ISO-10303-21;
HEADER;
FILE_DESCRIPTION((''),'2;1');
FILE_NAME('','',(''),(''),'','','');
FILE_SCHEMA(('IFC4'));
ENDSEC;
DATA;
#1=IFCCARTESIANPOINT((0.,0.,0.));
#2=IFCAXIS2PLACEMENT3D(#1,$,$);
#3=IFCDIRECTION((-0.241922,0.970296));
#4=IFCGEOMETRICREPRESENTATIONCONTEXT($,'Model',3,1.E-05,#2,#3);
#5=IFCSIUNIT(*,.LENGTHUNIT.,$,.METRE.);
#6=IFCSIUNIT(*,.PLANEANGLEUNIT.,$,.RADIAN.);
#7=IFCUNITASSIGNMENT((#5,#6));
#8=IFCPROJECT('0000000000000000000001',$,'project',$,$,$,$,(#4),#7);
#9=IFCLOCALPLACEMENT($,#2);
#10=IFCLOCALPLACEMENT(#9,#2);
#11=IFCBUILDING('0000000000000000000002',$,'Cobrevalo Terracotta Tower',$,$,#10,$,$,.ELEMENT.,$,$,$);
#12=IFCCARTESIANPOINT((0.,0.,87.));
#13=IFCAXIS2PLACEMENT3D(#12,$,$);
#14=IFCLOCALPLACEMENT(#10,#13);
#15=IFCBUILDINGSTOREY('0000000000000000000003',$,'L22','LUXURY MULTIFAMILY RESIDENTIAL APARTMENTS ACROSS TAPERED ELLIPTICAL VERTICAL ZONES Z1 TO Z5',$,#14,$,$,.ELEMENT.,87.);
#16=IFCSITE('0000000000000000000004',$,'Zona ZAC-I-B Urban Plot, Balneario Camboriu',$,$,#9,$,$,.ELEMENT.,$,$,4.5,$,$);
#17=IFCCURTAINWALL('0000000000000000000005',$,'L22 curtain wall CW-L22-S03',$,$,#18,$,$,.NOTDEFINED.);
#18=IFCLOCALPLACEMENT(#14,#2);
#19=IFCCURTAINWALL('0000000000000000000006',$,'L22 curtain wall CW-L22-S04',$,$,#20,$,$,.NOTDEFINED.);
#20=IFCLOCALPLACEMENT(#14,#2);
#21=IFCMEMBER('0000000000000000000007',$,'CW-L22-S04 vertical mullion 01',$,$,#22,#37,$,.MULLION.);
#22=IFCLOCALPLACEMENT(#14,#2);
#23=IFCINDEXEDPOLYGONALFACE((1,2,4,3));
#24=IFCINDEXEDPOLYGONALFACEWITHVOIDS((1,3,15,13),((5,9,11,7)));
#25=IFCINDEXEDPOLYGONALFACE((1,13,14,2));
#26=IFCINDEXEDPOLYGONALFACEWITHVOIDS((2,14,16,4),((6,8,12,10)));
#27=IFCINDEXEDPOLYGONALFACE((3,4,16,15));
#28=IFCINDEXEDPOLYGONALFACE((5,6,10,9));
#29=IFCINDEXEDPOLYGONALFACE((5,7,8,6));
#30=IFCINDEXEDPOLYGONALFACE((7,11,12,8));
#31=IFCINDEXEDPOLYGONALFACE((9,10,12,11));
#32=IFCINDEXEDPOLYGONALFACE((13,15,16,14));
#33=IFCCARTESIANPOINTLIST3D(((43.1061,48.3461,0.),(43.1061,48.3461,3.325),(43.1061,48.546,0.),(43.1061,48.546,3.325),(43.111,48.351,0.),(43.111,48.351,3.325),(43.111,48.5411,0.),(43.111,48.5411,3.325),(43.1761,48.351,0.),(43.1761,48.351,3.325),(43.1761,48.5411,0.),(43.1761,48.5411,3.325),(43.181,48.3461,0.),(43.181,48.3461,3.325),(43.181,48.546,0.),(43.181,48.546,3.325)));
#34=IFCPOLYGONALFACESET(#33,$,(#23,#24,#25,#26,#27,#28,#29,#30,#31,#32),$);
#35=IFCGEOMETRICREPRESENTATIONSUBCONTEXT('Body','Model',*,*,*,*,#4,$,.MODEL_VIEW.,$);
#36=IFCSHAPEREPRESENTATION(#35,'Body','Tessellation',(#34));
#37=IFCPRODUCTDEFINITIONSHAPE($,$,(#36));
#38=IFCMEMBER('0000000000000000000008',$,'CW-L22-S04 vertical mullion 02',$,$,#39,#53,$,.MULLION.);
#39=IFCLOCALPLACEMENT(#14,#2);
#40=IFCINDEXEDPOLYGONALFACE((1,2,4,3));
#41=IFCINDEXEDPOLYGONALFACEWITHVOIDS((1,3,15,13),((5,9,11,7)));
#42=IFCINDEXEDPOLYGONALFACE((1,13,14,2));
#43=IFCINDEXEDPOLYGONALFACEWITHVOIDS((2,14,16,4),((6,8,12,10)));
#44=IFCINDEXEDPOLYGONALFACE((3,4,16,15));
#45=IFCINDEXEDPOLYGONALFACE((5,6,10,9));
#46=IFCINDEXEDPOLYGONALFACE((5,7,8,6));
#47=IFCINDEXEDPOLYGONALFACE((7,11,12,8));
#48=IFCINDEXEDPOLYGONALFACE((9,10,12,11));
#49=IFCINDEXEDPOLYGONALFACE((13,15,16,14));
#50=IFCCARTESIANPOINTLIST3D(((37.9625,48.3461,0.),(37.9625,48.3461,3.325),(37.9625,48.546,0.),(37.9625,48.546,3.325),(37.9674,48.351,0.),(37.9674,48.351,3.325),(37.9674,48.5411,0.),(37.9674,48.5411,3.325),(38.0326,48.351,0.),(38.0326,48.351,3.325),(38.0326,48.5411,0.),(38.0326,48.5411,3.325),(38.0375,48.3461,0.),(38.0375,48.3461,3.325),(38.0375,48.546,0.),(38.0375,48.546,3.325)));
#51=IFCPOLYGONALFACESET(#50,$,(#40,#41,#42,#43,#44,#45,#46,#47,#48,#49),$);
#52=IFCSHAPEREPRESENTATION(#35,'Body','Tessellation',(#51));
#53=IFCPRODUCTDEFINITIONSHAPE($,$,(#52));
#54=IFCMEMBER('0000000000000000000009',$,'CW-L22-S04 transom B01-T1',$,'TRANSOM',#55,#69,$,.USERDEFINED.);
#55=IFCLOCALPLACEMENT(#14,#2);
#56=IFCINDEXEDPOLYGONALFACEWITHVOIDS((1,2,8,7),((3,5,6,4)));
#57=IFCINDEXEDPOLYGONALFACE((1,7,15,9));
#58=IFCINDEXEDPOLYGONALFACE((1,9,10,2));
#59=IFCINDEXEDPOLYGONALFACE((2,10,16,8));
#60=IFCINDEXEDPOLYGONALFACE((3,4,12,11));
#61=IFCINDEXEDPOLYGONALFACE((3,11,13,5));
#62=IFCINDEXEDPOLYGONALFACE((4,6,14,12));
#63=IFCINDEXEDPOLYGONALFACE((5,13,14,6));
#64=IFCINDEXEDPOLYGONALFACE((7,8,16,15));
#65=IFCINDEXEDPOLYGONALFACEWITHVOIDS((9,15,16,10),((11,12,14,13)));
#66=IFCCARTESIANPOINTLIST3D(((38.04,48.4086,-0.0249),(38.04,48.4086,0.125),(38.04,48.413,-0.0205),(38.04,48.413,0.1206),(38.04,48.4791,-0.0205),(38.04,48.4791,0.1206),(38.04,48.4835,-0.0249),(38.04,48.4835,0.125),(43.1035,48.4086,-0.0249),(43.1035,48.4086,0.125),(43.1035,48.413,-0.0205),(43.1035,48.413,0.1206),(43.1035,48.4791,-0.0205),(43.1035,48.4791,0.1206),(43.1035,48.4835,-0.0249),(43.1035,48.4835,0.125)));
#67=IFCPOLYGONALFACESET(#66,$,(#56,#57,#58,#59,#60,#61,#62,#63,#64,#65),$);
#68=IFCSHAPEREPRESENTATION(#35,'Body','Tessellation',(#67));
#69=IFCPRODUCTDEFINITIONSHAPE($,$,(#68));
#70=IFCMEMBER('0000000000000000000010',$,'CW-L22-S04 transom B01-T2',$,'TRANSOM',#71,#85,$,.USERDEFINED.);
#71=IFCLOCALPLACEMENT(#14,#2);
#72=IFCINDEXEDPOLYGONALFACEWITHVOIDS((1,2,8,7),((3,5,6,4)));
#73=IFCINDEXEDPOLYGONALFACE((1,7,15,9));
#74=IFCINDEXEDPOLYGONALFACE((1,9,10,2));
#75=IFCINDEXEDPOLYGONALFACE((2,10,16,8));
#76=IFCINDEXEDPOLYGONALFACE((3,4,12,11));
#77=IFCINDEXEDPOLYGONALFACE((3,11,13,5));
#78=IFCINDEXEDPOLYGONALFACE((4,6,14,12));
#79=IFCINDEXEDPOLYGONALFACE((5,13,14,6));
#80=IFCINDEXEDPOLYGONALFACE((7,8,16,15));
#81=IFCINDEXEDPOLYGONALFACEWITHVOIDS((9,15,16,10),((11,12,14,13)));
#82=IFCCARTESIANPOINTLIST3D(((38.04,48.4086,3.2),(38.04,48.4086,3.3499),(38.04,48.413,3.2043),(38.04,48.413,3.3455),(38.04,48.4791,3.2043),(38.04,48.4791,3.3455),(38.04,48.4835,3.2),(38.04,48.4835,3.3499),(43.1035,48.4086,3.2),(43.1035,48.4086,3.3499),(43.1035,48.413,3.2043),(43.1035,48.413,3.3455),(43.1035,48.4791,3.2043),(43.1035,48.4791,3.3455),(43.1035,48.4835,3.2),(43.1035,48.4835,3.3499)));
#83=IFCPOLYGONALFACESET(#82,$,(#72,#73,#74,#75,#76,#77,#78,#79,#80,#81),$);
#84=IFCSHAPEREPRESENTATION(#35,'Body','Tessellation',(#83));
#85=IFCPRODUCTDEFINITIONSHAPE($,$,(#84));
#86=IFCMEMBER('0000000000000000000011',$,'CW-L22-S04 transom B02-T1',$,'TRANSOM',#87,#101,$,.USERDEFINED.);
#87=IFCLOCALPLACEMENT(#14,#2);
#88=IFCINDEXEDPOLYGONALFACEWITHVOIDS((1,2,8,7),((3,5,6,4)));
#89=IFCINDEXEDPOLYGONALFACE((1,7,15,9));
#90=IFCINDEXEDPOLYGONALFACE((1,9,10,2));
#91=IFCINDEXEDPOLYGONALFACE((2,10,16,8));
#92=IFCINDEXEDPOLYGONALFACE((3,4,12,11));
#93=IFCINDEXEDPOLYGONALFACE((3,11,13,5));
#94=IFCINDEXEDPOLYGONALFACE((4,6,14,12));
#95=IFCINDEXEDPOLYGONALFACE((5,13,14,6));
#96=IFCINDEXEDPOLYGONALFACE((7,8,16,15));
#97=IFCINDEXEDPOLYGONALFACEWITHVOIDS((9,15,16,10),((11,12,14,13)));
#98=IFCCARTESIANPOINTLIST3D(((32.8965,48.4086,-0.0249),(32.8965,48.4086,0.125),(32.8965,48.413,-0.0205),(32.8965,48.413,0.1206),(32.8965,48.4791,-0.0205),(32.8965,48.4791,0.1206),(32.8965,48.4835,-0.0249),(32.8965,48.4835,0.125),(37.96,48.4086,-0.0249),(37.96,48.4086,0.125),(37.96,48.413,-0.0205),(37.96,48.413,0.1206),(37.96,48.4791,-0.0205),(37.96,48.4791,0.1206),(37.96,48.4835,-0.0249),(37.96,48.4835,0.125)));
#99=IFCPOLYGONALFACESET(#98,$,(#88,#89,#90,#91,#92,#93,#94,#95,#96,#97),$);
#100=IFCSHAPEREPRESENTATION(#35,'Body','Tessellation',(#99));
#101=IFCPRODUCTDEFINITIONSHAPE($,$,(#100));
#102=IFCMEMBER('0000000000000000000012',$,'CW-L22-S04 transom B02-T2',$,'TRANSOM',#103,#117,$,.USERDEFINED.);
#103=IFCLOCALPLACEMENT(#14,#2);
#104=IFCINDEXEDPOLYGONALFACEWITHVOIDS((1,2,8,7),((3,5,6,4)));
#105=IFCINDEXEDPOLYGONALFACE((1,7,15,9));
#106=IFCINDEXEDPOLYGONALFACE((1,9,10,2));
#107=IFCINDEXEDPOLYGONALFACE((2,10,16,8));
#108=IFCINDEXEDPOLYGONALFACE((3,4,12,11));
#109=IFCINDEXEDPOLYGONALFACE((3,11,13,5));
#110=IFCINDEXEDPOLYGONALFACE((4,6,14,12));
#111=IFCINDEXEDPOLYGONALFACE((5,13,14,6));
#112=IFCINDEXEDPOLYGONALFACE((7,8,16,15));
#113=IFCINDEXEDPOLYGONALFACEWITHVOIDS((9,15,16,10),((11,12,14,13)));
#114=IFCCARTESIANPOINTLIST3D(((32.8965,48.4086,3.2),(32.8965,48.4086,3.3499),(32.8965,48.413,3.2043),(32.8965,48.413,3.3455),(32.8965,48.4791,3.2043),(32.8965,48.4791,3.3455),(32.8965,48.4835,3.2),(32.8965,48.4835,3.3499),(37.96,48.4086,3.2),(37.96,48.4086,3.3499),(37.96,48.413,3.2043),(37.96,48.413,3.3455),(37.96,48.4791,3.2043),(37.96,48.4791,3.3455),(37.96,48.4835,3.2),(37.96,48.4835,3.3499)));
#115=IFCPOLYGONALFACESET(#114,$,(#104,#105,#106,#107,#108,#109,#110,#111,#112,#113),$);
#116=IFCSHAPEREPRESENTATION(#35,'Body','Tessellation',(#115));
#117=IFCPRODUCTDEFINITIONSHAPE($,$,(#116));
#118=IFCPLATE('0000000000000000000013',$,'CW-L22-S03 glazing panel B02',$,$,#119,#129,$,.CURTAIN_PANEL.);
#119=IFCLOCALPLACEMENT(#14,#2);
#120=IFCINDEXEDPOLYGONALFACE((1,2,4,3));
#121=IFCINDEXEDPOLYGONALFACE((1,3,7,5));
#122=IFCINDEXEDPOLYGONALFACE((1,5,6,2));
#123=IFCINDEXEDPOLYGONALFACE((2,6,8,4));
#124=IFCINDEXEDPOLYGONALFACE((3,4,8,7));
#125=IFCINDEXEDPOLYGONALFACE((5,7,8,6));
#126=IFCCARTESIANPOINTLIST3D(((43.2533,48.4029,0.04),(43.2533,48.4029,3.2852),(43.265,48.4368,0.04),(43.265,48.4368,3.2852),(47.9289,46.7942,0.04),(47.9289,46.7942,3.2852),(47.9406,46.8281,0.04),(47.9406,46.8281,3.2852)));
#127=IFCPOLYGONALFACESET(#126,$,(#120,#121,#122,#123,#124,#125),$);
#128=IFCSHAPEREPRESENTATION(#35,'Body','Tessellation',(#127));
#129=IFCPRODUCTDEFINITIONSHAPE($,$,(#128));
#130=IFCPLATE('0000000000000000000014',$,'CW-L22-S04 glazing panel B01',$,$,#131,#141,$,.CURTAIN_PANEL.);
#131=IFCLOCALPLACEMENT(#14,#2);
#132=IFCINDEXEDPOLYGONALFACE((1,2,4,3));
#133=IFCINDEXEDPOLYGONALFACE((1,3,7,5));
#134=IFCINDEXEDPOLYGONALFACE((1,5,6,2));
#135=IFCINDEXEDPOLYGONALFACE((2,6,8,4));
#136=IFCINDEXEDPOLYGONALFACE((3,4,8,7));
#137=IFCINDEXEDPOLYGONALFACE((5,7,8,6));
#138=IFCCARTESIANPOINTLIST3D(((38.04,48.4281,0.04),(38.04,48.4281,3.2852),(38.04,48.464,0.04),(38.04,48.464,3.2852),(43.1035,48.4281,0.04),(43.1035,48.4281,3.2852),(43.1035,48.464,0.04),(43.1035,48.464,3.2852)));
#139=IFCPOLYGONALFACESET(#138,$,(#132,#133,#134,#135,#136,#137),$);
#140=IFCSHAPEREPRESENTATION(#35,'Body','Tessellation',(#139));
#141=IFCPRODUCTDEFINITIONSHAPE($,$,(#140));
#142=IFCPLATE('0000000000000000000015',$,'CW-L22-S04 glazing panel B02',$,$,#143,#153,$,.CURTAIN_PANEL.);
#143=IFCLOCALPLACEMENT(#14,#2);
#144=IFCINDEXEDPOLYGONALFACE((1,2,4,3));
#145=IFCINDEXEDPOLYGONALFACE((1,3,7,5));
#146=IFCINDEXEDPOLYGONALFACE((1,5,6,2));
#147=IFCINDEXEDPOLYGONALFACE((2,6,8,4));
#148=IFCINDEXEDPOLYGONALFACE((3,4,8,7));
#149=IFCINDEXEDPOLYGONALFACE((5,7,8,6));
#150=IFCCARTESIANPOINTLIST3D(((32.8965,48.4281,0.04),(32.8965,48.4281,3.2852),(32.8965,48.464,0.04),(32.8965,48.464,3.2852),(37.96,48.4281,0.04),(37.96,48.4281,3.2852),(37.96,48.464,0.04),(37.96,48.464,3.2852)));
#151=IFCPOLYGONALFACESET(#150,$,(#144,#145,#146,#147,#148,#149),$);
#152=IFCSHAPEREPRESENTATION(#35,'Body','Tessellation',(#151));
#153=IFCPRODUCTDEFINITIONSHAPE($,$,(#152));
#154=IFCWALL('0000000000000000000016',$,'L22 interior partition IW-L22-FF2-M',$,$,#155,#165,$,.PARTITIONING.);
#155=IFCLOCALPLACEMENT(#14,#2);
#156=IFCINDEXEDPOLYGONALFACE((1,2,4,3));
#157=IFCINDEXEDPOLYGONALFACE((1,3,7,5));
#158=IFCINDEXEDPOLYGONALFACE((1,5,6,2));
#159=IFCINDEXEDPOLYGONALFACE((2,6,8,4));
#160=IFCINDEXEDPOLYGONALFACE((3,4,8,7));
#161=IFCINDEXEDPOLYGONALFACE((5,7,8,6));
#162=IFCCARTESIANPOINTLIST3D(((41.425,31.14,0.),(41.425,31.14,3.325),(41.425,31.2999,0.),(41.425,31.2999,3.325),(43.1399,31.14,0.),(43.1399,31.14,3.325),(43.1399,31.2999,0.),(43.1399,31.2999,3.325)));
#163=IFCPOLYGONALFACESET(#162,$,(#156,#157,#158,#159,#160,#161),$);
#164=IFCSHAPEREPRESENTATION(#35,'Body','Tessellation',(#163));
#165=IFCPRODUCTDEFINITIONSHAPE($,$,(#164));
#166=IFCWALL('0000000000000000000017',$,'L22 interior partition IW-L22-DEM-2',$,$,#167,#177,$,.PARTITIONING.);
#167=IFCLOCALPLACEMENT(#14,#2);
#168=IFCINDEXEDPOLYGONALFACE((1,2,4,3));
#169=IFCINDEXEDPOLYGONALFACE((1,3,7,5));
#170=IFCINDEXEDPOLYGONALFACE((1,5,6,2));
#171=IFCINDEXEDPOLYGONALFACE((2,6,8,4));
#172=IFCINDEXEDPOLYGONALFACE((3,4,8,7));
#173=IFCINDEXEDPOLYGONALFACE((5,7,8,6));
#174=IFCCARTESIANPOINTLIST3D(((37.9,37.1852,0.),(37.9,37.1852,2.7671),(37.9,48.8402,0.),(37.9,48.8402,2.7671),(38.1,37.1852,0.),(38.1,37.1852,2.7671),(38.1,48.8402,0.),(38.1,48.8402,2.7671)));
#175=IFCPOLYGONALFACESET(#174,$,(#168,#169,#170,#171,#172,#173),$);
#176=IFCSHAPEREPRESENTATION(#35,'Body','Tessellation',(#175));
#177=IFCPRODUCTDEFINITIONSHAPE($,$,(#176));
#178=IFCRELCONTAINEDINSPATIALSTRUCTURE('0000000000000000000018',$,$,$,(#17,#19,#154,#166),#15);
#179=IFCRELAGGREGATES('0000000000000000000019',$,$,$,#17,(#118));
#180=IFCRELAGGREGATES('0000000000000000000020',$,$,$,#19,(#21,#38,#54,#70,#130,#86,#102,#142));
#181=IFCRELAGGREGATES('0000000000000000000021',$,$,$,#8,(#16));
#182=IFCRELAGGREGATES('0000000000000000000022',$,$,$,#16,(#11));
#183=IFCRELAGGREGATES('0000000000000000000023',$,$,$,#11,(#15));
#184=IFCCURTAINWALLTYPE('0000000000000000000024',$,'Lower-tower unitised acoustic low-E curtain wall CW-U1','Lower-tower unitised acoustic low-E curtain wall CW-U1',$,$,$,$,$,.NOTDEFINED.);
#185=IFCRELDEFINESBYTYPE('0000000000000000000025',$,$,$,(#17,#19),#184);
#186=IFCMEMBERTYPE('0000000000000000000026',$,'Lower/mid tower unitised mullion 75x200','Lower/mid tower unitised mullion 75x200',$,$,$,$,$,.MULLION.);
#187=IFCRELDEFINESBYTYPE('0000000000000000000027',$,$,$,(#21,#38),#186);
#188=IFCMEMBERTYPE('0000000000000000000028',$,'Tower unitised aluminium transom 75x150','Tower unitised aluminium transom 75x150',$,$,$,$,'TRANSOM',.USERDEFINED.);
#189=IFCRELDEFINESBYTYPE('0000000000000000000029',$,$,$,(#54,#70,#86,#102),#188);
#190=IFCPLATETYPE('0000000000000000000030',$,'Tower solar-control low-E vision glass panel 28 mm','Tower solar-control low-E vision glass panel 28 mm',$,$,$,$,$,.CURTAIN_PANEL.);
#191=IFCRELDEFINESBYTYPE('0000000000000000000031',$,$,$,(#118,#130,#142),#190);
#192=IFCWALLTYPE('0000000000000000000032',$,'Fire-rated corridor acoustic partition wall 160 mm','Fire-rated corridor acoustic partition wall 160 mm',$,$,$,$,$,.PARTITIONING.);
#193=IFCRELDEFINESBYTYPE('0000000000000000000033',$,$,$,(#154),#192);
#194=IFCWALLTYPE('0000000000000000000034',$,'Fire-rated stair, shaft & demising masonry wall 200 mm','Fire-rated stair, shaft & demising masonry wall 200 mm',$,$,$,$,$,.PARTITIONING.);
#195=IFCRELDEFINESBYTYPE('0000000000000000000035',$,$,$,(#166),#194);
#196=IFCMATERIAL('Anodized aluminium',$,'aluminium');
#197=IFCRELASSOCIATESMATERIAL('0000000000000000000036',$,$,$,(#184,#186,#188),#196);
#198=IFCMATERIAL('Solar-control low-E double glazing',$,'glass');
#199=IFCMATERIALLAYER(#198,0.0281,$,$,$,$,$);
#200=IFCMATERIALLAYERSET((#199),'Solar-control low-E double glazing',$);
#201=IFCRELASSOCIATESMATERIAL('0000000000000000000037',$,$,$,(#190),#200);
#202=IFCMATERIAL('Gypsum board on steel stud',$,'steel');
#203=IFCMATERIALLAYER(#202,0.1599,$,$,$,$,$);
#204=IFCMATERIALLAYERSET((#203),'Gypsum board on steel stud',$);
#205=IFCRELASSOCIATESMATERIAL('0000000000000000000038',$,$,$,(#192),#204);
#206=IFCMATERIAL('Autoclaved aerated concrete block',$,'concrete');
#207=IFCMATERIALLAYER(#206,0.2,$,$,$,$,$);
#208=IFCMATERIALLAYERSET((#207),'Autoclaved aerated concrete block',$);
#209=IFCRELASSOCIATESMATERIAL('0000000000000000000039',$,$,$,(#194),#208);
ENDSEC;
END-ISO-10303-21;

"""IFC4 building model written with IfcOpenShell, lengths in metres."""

from ifc_helpers import new_model, si_unit, direction, frame, frame_2d, origin, origin_2d, place, context, subcontext, project, spatial, rectangle, hollow_rectangle, extrude, source, transform, mapped, material, layer, layer_set, material_profile, profile_set, type_object, element, aggregate, save


model = new_model("IFC4")

# Units and contexts
model_context = context("Model", 3, precision=1e-05, world=origin(), true_north=direction((-0.241922, 0.970296)))
body_context = subcontext(model_context, "Body", "Model", "MODEL_VIEW")
ifc_project = project(units=[si_unit("LENGTHUNIT", "METRE"), si_unit("PLANEANGLEUNIT", "RADIAN")], contexts=[model_context])

# Site, building, storey
site_placement = place(None, origin())
site = spatial("IfcSite", under=ifc_project, at=site_placement, Name="Zona ZAC-I-B Urban Plot, Balneario Camboriu", CompositionType="ELEMENT", RefElevation=4.5)
building_placement = place(site_placement, origin())
building = spatial("IfcBuilding", under=site, at=building_placement, Name="Cobrevalo Terracotta Tower", CompositionType="ELEMENT")
storey_placement = place(building_placement, frame((0.0, 0.0, 87.0)))
storey = spatial("IfcBuildingStorey", under=building, at=storey_placement, Name="L22", Description="LUXURY MULTIFAMILY RESIDENTIAL APARTMENTS ACROSS TAPERED ELLIPTICAL VERTICAL ZONES Z1 TO Z5", CompositionType="ELEMENT", Elevation=87.0)

# Curtain wall
ifc_material_1 = material(Name="Anodized aluminium", Category="aluminium")
curtain_wall_type = type_object("IfcCurtainWallType", Name="Lower-tower unitised acoustic low-E curtain wall CW-U1", Description="Lower-tower unitised acoustic low-E curtain wall CW-U1", PredefinedType="NOTDEFINED", material=ifc_material_1)
curtain_wall_1_placement = place(storey_placement, origin())
curtain_wall_1 = element("IfcCurtainWall", 1, at=curtain_wall_1_placement, inside=storey, type_object=curtain_wall_type, Name="L22 curtain wall CW-L22-S03", PredefinedType="NOTDEFINED")
ifc_material_profile_1 = material_profile(ifc_material_1, hollow_rectangle(XDim=0.075, YDim=0.2, WallThickness=0.0049, at=origin_2d()), Name="CWM 75x200")
ifc_profile_set_1 = profile_set([ifc_material_profile_1], Name="Anodized aluminium")
member_type_1 = type_object("IfcMemberType", Name="Lower/mid tower unitised mullion 75x200", Description="Lower/mid tower unitised mullion 75x200", PredefinedType="MULLION", material=ifc_profile_set_1)
shared_shape_1 = source(origin(), body_context, "Body", "SweptSolid", [
    extrude(hollow_rectangle(XDim=0.075, YDim=0.2, WallThickness=0.0049, at=origin_2d()), origin(), (0.0, 0.0, 1.0), 3.325),
])

# Curtain wall, members
curtain_wall_2_placement = place(storey_placement, origin())
curtain_wall_2 = element("IfcCurtainWall", 2, at=curtain_wall_2_placement, inside=storey, type_object=curtain_wall_type, Name="L22 curtain wall CW-L22-S04", PredefinedType="NOTDEFINED")
member_1_placement = place(storey_placement, frame((43.1436, 48.446, 0.0), z_axis=(0.0, 0.0, 1.0), x_axis=(-1.0, 0.0, 0.0)))
member_1 = element("IfcMember", 3, at=member_1_placement, type_object=member_type_1, Name="CW-L22-S04 vertical mullion 01", PredefinedType="MULLION", context=body_context, shape_type="MappedRepresentation", body=[
    mapped(shared_shape_1, transform((0.0, 0.0, 0.0), scale=1.0)),
])
member_2_placement = place(storey_placement, frame((38.0, 48.446, 0.0), z_axis=(0.0, 0.0, 1.0), x_axis=(-1.0, 0.0, 0.0)))
member_2 = element("IfcMember", 4, at=member_2_placement, type_object=member_type_1, Name="CW-L22-S04 vertical mullion 02", PredefinedType="MULLION", context=body_context, shape_type="MappedRepresentation", body=[
    mapped(shared_shape_1, transform((0.0, 0.0, 0.0), scale=1.0)),
])
ifc_material_profile_2 = material_profile(ifc_material_1, hollow_rectangle(XDim=0.075, YDim=0.1499, WallThickness=0.0044, at=origin_2d()), Name="CWT 75x150")
ifc_profile_set_2 = profile_set([ifc_material_profile_2], Name="Anodized aluminium")
member_type_2 = type_object("IfcMemberType", Name="Tower unitised aluminium transom 75x150", Description="Tower unitised aluminium transom 75x150", ElementType="TRANSOM", PredefinedType="USERDEFINED", material=ifc_profile_set_2)
shared_shape_2 = source(origin(), body_context, "Body", "SweptSolid", [
    extrude(hollow_rectangle(XDim=0.075, YDim=0.1499, WallThickness=0.0044, at=origin_2d()), origin(), (0.0, 0.0, 1.0), 5.0635),
])
member_3_placement = place(storey_placement, frame((43.1035, 48.446, 0.05), z_axis=(-1.0, 0.0, 0.0), x_axis=(0.0, -1.0, 0.0)))
member_3 = element("IfcMember", 5, at=member_3_placement, type_object=member_type_2, Name="CW-L22-S04 transom B01-T1", ObjectType="TRANSOM", PredefinedType="USERDEFINED", context=body_context, shape_type="MappedRepresentation", body=[
    mapped(shared_shape_2, transform((0.0, 0.0, 0.0), scale=1.0)),
])
member_4_placement = place(storey_placement, frame((43.1035, 48.446, 3.2749), z_axis=(-1.0, 0.0, 0.0), x_axis=(0.0, -1.0, 0.0)))
member_4 = element("IfcMember", 6, at=member_4_placement, type_object=member_type_2, Name="CW-L22-S04 transom B01-T2", ObjectType="TRANSOM", PredefinedType="USERDEFINED", context=body_context, shape_type="MappedRepresentation", body=[
    mapped(shared_shape_2, transform((0.0, 0.0, 0.0), scale=1.0)),
])
member_5_placement = place(storey_placement, frame((37.96, 48.446, 0.05), z_axis=(-1.0, 0.0, 0.0), x_axis=(0.0, -1.0, 0.0)))
member_5 = element("IfcMember", 7, at=member_5_placement, type_object=member_type_2, Name="CW-L22-S04 transom B02-T1", ObjectType="TRANSOM", PredefinedType="USERDEFINED", context=body_context, shape_type="MappedRepresentation", body=[
    mapped(shared_shape_2, transform((0.0, 0.0, 0.0), scale=1.0)),
])
member_6_placement = place(storey_placement, frame((37.96, 48.446, 3.2749), z_axis=(-1.0, 0.0, 0.0), x_axis=(0.0, -1.0, 0.0)))
member_6 = element("IfcMember", 8, at=member_6_placement, type_object=member_type_2, Name="CW-L22-S04 transom B02-T2", ObjectType="TRANSOM", PredefinedType="USERDEFINED", context=body_context, shape_type="MappedRepresentation", body=[
    mapped(shared_shape_2, transform((0.0, 0.0, 0.0), scale=1.0)),
])

# Plates
ifc_material_2 = material(Name="Solar-control low-E double glazing", Category="glass")
ifc_layer_1 = layer(ifc_material_2, 0.0281)
ifc_layer_set_1 = layer_set([ifc_layer_1], Name="Solar-control low-E double glazing")
plate_type = type_object("IfcPlateType", Name="Tower solar-control low-E vision glass panel 28 mm", Description="Tower solar-control low-E vision glass panel 28 mm", PredefinedType="CURTAIN_PANEL", material=ifc_layer_set_1)
shared_shape_3 = source(origin(), body_context, "Body", "SweptSolid", [
    extrude(rectangle(XDim=4.9446, YDim=0.0359, at=origin_2d()), origin(), (0.0, 0.0, 1.0), 3.2451),
])
plate_1_placement = place(storey_placement, frame((45.5969, 47.6155, 0.04), z_axis=(0.0, 0.0, 1.0), x_axis=(-0.945596, 0.325342, 0.0)))
plate_1 = element("IfcPlate", 9, at=plate_1_placement, type_object=plate_type, Name="CW-L22-S03 glazing panel B02", PredefinedType="CURTAIN_PANEL", context=body_context, shape_type="MappedRepresentation", body=[
    mapped(shared_shape_3, transform((0.0, 0.0, 0.0), scale=1.0)),
])
aggregate(curtain_wall_1, [plate_1])
shared_shape_4 = source(origin(), body_context, "Body", "SweptSolid", [
    extrude(rectangle(XDim=5.0635, YDim=0.0359, at=origin_2d()), origin(), (0.0, 0.0, 1.0), 3.2451),
])
plate_2_placement = place(storey_placement, frame((40.5718, 48.446, 0.04), z_axis=(0.0, 0.0, 1.0), x_axis=(-1.0, 0.0, 0.0)))
plate_2 = element("IfcPlate", 10, at=plate_2_placement, type_object=plate_type, Name="CW-L22-S04 glazing panel B01", PredefinedType="CURTAIN_PANEL", context=body_context, shape_type="MappedRepresentation", body=[
    mapped(shared_shape_4, transform((0.0, 0.0, 0.0), scale=1.0)),
])
plate_3_placement = place(storey_placement, frame((35.4282, 48.446, 0.04), z_axis=(0.0, 0.0, 1.0), x_axis=(-1.0, 0.0, 0.0)))
plate_3 = element("IfcPlate", 11, at=plate_3_placement, type_object=plate_type, Name="CW-L22-S04 glazing panel B02", PredefinedType="CURTAIN_PANEL", context=body_context, shape_type="MappedRepresentation", body=[
    mapped(shared_shape_4, transform((0.0, 0.0, 0.0), scale=1.0)),
])
aggregate(curtain_wall_2, [member_1, member_2, member_3, member_4, plate_2, member_5, member_6, plate_3])

# Walls
ifc_material_3 = material(Name="Gypsum board on steel stud", Category="steel")
ifc_layer_2 = layer(ifc_material_3, 0.1599)
ifc_layer_set_2 = layer_set([ifc_layer_2], Name="Gypsum board on steel stud")
wall_type_1 = type_object("IfcWallType", Name="Fire-rated corridor acoustic partition wall 160 mm", Description="Fire-rated corridor acoustic partition wall 160 mm", PredefinedType="PARTITIONING", material=ifc_layer_set_2)
wall_1_placement = place(storey_placement, frame((41.425, 31.22, 0.0), z_axis=(0.0, 0.0, 1.0), x_axis=(1.0, 0.0, 0.0)))
element("IfcWall", 12, at=wall_1_placement, inside=storey, type_object=wall_type_1, Name="L22 interior partition IW-L22-FF2-M", PredefinedType="PARTITIONING", context=body_context, shape_type="SweptSolid", body=[
    extrude(rectangle(XDim=1.7148, YDim=0.1599, at=frame_2d((0.8574, 0.0))), origin(), (0.0, 0.0, 1.0), 3.325),
])
ifc_material_4 = material(Name="Autoclaved aerated concrete block", Category="concrete")
ifc_layer_3 = layer(ifc_material_4, 0.2)
ifc_layer_set_3 = layer_set([ifc_layer_3], Name="Autoclaved aerated concrete block")
wall_type_2 = type_object("IfcWallType", Name="Fire-rated stair, shaft & demising masonry wall 200 mm", Description="Fire-rated stair, shaft & demising masonry wall 200 mm", PredefinedType="PARTITIONING", material=ifc_layer_set_3)
wall_2_placement = place(storey_placement, frame((38.0, 37.1851, 0.0), z_axis=(0.0, 0.0, 1.0), x_axis=(0.0, 1.0, 0.0)))
element("IfcWall", 13, at=wall_2_placement, inside=storey, type_object=wall_type_2, Name="L22 interior partition IW-L22-DEM-2", PredefinedType="PARTITIONING", context=body_context, shape_type="SweptSolid", body=[
    extrude(rectangle(XDim=11.655, YDim=0.2, at=frame_2d((5.8276, 0.0))), origin(), (0.0, 0.0, 1.0), 2.7671),
])

save(model, "model.ifc")
